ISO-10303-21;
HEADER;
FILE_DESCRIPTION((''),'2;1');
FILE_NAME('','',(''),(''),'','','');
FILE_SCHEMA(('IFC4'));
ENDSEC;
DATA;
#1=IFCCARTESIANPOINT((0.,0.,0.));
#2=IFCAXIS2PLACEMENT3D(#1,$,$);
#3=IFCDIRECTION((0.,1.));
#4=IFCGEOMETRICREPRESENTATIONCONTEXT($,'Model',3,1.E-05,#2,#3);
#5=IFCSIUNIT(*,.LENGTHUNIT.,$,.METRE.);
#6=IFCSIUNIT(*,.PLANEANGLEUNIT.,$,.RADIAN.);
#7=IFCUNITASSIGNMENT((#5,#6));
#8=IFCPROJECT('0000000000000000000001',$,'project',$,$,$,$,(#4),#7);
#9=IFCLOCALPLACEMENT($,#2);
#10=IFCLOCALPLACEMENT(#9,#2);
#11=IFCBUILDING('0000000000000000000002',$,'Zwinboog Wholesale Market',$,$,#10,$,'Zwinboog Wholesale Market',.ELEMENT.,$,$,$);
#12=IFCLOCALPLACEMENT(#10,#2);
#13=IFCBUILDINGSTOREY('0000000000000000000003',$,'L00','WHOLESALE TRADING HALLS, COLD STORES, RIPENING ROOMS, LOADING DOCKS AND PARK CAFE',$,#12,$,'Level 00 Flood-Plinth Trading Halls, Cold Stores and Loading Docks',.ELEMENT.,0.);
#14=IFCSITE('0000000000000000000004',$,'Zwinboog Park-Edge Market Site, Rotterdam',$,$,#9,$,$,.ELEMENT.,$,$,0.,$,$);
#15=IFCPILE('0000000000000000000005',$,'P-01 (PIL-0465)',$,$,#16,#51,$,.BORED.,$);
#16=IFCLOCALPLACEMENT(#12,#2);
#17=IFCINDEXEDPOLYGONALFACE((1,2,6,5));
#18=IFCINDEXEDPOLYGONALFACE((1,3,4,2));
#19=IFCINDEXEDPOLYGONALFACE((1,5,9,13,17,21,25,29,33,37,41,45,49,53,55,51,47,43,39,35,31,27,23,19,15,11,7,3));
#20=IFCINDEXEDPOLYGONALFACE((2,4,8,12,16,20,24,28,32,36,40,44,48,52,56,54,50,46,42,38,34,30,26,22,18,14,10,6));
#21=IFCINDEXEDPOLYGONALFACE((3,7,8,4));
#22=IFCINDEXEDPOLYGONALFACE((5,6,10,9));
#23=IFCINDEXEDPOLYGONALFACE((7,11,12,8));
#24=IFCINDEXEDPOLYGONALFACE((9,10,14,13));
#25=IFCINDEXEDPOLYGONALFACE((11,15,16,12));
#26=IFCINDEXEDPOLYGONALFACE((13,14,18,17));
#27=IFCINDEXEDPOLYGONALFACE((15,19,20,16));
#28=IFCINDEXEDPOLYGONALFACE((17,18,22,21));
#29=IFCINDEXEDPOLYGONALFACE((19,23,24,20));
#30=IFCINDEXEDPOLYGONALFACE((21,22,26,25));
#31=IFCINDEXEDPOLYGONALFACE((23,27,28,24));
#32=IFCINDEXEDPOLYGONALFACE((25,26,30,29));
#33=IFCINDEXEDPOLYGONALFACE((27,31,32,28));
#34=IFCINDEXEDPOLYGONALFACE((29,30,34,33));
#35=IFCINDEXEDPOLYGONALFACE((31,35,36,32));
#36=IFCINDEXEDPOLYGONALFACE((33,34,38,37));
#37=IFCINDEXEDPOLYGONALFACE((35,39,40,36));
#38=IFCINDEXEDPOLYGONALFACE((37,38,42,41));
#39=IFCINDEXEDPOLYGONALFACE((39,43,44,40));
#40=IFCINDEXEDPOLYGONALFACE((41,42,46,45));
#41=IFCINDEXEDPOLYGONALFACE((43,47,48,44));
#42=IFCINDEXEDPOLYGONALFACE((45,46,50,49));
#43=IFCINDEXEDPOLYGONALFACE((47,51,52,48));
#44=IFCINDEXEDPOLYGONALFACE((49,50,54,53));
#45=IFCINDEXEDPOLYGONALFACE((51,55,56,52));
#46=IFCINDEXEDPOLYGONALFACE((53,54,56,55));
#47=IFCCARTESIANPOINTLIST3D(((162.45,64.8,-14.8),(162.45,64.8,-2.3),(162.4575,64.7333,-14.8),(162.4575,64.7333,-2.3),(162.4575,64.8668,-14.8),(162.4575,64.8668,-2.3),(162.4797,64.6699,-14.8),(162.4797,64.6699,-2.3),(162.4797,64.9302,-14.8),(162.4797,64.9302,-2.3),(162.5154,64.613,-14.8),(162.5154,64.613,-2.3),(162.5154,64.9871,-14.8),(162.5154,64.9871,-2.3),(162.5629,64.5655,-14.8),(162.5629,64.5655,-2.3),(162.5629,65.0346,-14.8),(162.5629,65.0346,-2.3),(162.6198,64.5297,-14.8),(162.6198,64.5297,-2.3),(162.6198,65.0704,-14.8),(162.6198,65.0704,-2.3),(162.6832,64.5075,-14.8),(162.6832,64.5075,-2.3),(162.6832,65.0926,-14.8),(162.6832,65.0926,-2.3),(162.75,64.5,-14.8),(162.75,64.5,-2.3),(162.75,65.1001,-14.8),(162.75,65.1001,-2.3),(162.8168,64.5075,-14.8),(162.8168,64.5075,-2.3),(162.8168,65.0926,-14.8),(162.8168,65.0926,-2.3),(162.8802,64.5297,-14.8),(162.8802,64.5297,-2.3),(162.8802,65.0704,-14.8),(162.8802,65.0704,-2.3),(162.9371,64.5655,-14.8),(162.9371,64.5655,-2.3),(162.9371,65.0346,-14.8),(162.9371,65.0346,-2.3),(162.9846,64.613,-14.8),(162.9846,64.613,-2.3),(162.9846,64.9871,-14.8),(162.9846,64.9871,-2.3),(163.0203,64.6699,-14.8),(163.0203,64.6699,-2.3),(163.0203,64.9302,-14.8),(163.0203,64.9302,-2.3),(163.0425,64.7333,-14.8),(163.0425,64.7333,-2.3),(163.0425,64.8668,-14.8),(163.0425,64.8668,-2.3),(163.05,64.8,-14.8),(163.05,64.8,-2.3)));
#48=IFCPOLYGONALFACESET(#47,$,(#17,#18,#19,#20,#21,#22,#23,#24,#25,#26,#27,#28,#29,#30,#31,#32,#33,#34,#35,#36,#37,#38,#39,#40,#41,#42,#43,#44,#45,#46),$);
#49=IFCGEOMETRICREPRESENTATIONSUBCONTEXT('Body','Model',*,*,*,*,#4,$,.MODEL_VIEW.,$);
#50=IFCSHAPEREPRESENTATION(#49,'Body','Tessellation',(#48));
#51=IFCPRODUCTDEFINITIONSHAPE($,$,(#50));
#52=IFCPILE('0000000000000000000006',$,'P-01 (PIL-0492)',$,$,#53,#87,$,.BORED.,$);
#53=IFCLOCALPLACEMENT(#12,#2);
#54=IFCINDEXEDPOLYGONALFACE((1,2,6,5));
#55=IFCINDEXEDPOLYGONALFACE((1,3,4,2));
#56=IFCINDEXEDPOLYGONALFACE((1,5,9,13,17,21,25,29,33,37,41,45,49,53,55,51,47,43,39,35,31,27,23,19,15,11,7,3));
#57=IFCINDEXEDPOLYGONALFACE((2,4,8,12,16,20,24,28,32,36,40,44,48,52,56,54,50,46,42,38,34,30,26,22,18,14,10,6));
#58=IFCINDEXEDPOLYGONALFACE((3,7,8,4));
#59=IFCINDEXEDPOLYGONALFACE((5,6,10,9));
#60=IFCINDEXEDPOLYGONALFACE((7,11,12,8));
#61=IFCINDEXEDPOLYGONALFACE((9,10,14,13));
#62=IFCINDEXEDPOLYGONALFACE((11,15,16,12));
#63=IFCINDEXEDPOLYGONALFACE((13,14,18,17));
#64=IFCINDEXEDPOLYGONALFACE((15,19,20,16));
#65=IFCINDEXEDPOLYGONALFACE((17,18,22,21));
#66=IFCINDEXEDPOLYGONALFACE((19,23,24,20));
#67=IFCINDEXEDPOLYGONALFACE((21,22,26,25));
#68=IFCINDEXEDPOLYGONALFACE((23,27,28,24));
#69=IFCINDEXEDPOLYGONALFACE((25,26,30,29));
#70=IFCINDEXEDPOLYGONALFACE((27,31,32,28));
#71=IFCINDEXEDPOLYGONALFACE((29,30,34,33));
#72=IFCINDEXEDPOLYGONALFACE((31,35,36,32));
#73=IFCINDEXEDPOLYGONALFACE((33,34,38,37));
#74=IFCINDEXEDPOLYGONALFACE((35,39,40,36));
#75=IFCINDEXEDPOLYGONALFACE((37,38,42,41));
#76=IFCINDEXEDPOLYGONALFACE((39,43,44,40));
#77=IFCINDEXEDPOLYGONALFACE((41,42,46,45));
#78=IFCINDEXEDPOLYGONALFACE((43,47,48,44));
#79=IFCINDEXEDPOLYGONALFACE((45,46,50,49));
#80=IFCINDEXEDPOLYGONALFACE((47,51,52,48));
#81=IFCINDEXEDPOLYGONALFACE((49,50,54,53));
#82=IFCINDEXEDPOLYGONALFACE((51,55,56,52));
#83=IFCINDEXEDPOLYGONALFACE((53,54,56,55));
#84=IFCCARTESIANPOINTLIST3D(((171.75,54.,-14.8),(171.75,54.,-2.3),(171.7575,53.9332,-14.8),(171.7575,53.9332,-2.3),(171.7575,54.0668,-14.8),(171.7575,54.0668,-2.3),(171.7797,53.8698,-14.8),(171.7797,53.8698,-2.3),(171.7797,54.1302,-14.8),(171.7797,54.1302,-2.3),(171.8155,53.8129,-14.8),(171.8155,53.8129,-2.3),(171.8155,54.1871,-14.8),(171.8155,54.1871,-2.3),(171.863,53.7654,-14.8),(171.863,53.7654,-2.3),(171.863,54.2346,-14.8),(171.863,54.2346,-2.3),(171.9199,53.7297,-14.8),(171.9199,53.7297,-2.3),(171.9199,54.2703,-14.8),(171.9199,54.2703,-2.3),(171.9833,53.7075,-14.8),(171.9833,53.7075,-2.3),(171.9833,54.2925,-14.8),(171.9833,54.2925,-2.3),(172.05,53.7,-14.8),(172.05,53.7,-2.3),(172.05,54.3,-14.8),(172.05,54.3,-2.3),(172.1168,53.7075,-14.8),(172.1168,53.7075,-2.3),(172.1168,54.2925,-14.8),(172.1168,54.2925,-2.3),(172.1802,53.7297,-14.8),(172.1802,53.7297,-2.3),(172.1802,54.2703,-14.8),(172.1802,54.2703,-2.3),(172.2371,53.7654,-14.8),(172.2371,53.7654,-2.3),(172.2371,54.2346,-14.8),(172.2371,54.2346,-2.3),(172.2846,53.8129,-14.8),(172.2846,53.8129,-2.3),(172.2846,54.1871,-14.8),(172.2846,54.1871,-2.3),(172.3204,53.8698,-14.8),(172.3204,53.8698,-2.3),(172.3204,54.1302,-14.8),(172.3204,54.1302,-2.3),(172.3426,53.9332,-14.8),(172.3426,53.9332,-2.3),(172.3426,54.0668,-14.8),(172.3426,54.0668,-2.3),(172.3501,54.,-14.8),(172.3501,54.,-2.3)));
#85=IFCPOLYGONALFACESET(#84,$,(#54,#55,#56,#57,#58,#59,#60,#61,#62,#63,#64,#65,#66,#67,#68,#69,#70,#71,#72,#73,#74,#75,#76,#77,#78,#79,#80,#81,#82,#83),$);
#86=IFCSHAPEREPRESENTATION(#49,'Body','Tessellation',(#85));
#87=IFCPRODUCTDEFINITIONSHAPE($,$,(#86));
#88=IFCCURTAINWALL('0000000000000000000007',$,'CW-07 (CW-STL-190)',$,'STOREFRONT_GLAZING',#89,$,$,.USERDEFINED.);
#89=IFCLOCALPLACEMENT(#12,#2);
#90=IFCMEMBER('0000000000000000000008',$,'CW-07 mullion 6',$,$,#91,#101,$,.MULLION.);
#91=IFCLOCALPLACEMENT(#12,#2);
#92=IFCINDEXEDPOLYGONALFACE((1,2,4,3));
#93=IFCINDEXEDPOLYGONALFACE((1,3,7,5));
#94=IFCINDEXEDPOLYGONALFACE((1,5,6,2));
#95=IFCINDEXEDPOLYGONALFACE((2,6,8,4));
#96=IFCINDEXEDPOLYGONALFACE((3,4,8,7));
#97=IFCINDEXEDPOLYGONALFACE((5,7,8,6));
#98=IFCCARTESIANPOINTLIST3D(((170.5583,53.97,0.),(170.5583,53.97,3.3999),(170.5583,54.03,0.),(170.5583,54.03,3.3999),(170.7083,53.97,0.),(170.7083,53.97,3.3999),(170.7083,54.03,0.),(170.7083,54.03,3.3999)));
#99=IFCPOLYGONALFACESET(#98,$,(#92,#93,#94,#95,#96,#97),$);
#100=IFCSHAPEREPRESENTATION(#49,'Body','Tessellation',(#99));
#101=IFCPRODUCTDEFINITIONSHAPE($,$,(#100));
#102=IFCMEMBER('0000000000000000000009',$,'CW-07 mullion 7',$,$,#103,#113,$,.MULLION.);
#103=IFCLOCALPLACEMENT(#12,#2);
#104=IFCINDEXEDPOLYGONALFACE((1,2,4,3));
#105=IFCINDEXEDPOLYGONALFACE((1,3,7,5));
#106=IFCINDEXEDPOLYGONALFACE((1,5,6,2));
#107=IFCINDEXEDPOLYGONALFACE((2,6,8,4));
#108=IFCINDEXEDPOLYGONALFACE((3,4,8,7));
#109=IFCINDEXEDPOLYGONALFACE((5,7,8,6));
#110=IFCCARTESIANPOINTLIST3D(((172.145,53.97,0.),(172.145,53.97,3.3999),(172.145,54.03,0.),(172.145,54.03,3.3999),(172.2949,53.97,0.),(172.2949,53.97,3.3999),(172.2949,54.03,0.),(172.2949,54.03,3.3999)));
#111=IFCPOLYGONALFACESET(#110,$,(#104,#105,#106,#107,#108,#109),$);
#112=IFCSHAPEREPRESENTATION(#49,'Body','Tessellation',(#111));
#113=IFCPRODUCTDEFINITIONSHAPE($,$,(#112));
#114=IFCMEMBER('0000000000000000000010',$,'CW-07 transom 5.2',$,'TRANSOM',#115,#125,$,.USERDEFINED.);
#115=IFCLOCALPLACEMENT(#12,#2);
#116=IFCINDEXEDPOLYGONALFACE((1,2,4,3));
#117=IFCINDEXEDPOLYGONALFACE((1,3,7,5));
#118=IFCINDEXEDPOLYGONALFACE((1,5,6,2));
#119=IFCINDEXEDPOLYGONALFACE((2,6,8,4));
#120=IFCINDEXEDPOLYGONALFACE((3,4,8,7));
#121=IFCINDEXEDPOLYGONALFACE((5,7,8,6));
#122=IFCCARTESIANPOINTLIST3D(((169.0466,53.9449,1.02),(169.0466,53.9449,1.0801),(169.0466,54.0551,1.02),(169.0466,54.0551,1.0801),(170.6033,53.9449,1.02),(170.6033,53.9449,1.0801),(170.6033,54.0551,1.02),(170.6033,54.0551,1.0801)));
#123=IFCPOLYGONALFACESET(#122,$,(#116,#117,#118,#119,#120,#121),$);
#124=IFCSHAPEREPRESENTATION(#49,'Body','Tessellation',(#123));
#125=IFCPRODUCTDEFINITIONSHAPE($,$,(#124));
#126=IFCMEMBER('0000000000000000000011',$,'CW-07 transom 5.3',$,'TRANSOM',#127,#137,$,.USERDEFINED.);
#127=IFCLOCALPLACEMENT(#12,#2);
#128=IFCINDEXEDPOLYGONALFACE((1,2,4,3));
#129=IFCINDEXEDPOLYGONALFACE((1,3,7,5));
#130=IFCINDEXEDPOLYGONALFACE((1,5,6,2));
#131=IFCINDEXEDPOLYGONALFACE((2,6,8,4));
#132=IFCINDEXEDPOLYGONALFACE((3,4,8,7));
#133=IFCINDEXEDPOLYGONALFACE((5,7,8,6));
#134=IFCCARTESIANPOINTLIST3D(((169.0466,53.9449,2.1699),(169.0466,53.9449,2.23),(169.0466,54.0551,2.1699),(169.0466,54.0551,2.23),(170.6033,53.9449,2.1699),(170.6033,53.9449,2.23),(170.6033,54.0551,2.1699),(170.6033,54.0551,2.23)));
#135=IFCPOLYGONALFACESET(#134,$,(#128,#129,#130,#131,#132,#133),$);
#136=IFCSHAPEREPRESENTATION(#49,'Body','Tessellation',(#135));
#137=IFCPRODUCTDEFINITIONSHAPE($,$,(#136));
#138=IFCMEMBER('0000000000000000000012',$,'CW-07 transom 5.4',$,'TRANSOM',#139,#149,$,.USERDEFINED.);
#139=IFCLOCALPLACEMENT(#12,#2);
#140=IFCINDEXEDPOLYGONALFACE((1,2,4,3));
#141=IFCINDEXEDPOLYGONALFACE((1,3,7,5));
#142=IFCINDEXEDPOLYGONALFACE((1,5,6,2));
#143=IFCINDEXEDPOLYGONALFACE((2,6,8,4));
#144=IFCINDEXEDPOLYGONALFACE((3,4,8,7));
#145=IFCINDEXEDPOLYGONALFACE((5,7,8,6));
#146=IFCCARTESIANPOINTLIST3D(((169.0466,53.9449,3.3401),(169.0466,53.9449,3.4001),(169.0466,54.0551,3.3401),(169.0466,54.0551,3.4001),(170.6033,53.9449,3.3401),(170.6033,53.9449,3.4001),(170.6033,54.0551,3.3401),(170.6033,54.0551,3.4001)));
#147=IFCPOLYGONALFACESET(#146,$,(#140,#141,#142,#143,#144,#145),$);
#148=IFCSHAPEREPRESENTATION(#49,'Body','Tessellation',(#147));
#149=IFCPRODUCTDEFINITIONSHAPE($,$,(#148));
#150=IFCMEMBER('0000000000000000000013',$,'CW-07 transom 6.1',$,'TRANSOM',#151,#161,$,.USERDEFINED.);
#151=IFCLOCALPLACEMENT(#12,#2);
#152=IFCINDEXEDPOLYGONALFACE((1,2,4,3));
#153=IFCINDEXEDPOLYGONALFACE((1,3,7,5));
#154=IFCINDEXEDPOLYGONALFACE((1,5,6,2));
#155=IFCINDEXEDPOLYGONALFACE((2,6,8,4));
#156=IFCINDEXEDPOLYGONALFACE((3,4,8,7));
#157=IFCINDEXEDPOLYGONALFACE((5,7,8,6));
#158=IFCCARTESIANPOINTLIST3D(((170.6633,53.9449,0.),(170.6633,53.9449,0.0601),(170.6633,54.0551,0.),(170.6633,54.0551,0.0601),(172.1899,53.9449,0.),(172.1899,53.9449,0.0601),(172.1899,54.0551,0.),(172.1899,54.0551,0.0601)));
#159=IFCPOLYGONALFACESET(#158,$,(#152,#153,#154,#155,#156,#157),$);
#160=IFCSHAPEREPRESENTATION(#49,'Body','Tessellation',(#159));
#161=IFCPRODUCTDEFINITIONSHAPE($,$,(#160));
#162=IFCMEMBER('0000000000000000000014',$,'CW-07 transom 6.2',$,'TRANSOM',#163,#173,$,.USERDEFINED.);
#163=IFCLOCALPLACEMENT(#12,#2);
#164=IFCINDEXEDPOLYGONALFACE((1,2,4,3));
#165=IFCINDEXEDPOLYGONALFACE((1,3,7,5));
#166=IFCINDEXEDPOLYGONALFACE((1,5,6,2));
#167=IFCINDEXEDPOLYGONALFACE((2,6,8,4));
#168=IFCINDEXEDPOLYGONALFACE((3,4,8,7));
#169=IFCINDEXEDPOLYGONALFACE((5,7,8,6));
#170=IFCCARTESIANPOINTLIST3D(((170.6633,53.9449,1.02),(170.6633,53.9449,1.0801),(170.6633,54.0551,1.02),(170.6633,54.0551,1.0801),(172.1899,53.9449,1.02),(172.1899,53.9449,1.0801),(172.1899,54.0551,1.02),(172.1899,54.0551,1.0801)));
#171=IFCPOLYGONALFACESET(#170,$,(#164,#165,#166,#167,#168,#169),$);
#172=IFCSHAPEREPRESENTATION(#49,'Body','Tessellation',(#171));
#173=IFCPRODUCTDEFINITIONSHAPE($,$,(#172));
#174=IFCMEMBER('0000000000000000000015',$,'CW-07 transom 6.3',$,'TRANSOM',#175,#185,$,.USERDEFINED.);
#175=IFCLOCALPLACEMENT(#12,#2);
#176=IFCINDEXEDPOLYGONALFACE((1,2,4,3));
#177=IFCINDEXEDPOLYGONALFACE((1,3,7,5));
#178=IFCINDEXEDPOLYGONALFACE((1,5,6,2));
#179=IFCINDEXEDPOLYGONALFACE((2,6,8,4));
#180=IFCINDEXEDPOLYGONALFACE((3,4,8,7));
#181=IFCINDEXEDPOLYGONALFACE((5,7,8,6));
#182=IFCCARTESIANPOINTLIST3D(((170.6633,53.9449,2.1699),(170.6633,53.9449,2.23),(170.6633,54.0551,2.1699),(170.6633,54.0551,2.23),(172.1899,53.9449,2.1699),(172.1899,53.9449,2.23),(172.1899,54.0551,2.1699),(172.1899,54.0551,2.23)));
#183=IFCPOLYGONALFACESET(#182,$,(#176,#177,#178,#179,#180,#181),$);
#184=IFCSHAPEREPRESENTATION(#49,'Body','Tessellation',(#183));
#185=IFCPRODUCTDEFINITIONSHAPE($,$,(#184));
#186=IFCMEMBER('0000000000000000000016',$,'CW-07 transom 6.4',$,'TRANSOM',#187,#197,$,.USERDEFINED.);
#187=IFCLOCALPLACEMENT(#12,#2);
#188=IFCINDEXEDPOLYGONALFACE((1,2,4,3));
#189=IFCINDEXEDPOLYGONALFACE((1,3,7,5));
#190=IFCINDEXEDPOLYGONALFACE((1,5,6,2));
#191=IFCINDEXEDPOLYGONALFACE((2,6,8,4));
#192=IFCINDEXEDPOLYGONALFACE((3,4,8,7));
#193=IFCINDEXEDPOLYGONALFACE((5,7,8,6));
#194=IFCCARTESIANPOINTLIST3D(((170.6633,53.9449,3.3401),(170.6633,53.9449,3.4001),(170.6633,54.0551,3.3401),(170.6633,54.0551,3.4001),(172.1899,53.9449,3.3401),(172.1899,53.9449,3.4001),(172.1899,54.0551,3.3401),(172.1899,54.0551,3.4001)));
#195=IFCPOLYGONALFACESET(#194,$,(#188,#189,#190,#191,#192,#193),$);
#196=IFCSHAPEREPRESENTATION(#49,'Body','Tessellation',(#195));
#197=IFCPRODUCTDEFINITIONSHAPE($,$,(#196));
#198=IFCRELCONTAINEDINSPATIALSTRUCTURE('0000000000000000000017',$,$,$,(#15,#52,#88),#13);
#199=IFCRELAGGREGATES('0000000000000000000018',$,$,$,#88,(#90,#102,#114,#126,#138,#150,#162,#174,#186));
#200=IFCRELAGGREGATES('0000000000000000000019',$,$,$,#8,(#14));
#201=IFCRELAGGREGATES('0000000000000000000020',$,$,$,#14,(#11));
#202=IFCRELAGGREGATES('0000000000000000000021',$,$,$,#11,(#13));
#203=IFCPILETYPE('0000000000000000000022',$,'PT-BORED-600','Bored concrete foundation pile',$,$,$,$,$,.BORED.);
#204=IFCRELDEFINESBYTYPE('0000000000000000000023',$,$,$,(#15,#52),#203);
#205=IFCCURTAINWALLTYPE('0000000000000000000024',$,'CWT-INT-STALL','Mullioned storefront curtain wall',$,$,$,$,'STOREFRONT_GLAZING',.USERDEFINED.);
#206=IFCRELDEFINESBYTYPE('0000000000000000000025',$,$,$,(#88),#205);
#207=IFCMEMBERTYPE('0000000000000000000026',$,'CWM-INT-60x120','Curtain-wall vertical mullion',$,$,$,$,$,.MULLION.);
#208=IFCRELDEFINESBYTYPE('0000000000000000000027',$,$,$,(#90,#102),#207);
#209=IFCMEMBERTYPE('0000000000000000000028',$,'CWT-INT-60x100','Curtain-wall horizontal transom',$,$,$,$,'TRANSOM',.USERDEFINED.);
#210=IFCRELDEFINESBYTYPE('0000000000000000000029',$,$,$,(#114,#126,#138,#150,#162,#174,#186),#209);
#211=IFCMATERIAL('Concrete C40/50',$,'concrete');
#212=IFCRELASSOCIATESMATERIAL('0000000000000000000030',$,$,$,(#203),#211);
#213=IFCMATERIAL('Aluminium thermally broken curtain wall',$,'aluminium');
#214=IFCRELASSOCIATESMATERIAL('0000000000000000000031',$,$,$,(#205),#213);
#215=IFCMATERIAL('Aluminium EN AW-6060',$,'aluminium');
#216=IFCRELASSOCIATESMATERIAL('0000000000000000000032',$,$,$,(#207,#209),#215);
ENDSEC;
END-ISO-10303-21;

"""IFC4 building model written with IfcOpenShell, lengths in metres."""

from ifc_helpers import new_model, si_unit, direction, frame, origin, origin_2d, place, context, subcontext, project, spatial, rectangle, circle, extrude, material, material_profile, profile_set, type_object, element, aggregate, save


model = new_model("IFC4")

# Units and contexts
model_context = context("Model", 3, precision=1e-05, world=origin(), true_north=direction((0.0, 1.0)))
body_context = subcontext(model_context, "Body", "Model", "MODEL_VIEW")
ifc_project = project(units=[si_unit("LENGTHUNIT", "METRE"), si_unit("PLANEANGLEUNIT", "RADIAN")], contexts=[model_context])

# Site, building, storey
site_placement = place(None, origin())
site = spatial("IfcSite", under=ifc_project, at=site_placement, Name="Zwinboog Park-Edge Market Site, Rotterdam", CompositionType="ELEMENT", RefElevation=0.0)
building_placement = place(site_placement, origin())
building = spatial("IfcBuilding", under=site, at=building_placement, Name="Zwinboog Wholesale Market", LongName="Zwinboog Wholesale Market", CompositionType="ELEMENT")
storey_placement = place(building_placement, origin())
storey = spatial("IfcBuildingStorey", under=building, at=storey_placement, Name="L00", Description="WHOLESALE TRADING HALLS, COLD STORES, RIPENING ROOMS, LOADING DOCKS AND PARK CAFE", LongName="Level 00 Flood-Plinth Trading Halls, Cold Stores and Loading Docks", CompositionType="ELEMENT", Elevation=0.0)

# Piles
ifc_material_1 = material(Name="Concrete C40/50", Category="concrete")
ifc_material_profile_1 = material_profile(ifc_material_1, circle(Radius=0.3, at=origin_2d()), Name="PILE D600")
ifc_profile_set_1 = profile_set([ifc_material_profile_1], Name="Concrete C40/50")
pile_type = type_object("IfcPileType", Name="PT-BORED-600", Description="Bored concrete foundation pile", PredefinedType="BORED", material=ifc_profile_set_1)
for number, where, z_axis, x_axis, name in (
    (1, (162.75, 64.8, -2.3), (0.0, 0.0, -1.0), (1.0, 0.0, 0.0), "P-01 (PIL-0465)"),
    (2, (172.05, 54.0, -2.3), (0.0, 0.0, -1.0), (1.0, 0.0, 0.0), "P-01 (PIL-0492)"),
):
    element("IfcPile", number, at=place(storey_placement, frame(where, z_axis=z_axis, x_axis=x_axis)), inside=storey, type_object=pile_type, Name=name, PredefinedType="BORED", context=body_context, shape_type="SweptSolid", body=[
        extrude(circle(Radius=0.3, at=origin_2d()), origin(), (0.0, 0.0, 1.0), 12.5),
    ])

# Curtain wall, members
ifc_material_2 = material(Name="Aluminium thermally broken curtain wall", Category="aluminium")
curtain_wall_type = type_object("IfcCurtainWallType", Name="CWT-INT-STALL", Description="Mullioned storefront curtain wall", ElementType="STOREFRONT_GLAZING", PredefinedType="USERDEFINED", material=ifc_material_2)
curtain_wall_1_placement = place(storey_placement, origin())
curtain_wall_1 = element("IfcCurtainWall", 3, at=curtain_wall_1_placement, inside=storey, type_object=curtain_wall_type, Name="CW-07 (CW-STL-190)", ObjectType="STOREFRONT_GLAZING", PredefinedType="USERDEFINED")
ifc_material_3 = material(Name="Aluminium EN AW-6060", Category="aluminium")
ifc_material_profile_2 = material_profile(ifc_material_3, rectangle(XDim=0.0601, YDim=0.1499, at=origin_2d()), Name="AL 60x150")
ifc_profile_set_2 = profile_set([ifc_material_profile_2], Name="Aluminium EN AW-6060")
member_type_1 = type_object("IfcMemberType", Name="CWM-INT-60x120", Description="Curtain-wall vertical mullion", PredefinedType="MULLION", material=ifc_profile_set_2)
member_1_placement = place(storey_placement, frame((170.6333, 54.0, 0.0), z_axis=(0.0, 0.0, 1.0), x_axis=(0.0, 1.0, 0.0)))
member_1 = element("IfcMember", 4, at=member_1_placement, type_object=member_type_1, Name="CW-07 mullion 6", PredefinedType="MULLION", context=body_context, shape_type="SweptSolid", body=[
    extrude(rectangle(XDim=0.0601, YDim=0.1499, at=origin_2d()), origin(), (0.0, 0.0, 1.0), 3.3999),
])
member_2_placement = place(storey_placement, frame((172.22, 54.0, 0.0), z_axis=(0.0, 0.0, 1.0), x_axis=(0.0, 1.0, 0.0)))
member_2 = element("IfcMember", 5, at=member_2_placement, type_object=member_type_1, Name="CW-07 mullion 7", PredefinedType="MULLION", context=body_context, shape_type="SweptSolid", body=[
    extrude(rectangle(XDim=0.0601, YDim=0.1499, at=origin_2d()), origin(), (0.0, 0.0, 1.0), 3.3999),
])
ifc_material_profile_3 = material_profile(ifc_material_3, rectangle(XDim=0.1101, YDim=0.0601, at=origin_2d()), Name="AL 60x110")
ifc_profile_set_3 = profile_set([ifc_material_profile_3], Name="Aluminium EN AW-6060")
member_type_2 = type_object("IfcMemberType", Name="CWT-INT-60x100", Description="Curtain-wall horizontal transom", ElementType="TRANSOM", PredefinedType="USERDEFINED", material=ifc_profile_set_3)
member_3_placement = place(storey_placement, frame((169.0466, 54.0, 1.05), z_axis=(1.0, 0.0, 0.0), x_axis=(0.0, 1.0, 0.0)))
member_3 = element("IfcMember", 6, at=member_3_placement, type_object=member_type_2, Name="CW-07 transom 5.2", ObjectType="TRANSOM", PredefinedType="USERDEFINED", context=body_context, shape_type="SweptSolid", body=[
    extrude(rectangle(XDim=0.1101, YDim=0.0601, at=origin_2d()), origin(), (0.0, 0.0, 1.0), 1.5566),
])
member_4_placement = place(storey_placement, frame((169.0466, 54.0, 2.2), z_axis=(1.0, 0.0, 0.0), x_axis=(0.0, 1.0, 0.0)))
member_4 = element("IfcMember", 7, at=member_4_placement, type_object=member_type_2, Name="CW-07 transom 5.3", ObjectType="TRANSOM", PredefinedType="USERDEFINED", context=body_context, shape_type="SweptSolid", body=[
    extrude(rectangle(XDim=0.1101, YDim=0.0601, at=origin_2d()), origin(), (0.0, 0.0, 1.0), 1.5566),
])
member_5_placement = place(storey_placement, frame((169.0466, 54.0, 3.3701), z_axis=(1.0, 0.0, 0.0), x_axis=(0.0, 1.0, 0.0)))
member_5 = element("IfcMember", 8, at=member_5_placement, type_object=member_type_2, Name="CW-07 transom 5.4", ObjectType="TRANSOM", PredefinedType="USERDEFINED", context=body_context, shape_type="SweptSolid", body=[
    extrude(rectangle(XDim=0.1101, YDim=0.0601, at=origin_2d()), origin(), (0.0, 0.0, 1.0), 1.5566),
])
member_6_placement = place(storey_placement, frame((170.6633, 54.0, 0.03), z_axis=(1.0, 0.0, 0.0), x_axis=(0.0, 1.0, 0.0)))
member_6 = element("IfcMember", 9, at=member_6_placement, type_object=member_type_2, Name="CW-07 transom 6.1", ObjectType="TRANSOM", PredefinedType="USERDEFINED", context=body_context, shape_type="SweptSolid", body=[
    extrude(rectangle(XDim=0.1101, YDim=0.0601, at=origin_2d()), origin(), (0.0, 0.0, 1.0), 1.5266),
])
member_7_placement = place(storey_placement, frame((170.6633, 54.0, 1.05), z_axis=(1.0, 0.0, 0.0), x_axis=(0.0, 1.0, 0.0)))
member_7 = element("IfcMember", 10, at=member_7_placement, type_object=member_type_2, Name="CW-07 transom 6.2", ObjectType="TRANSOM", PredefinedType="USERDEFINED", context=body_context, shape_type="SweptSolid", body=[
    extrude(rectangle(XDim=0.1101, YDim=0.0601, at=origin_2d()), origin(), (0.0, 0.0, 1.0), 1.5266),
])
member_8_placement = place(storey_placement, frame((170.6633, 54.0, 2.2), z_axis=(1.0, 0.0, 0.0), x_axis=(0.0, 1.0, 0.0)))
member_8 = element("IfcMember", 11, at=member_8_placement, type_object=member_type_2, Name="CW-07 transom 6.3", ObjectType="TRANSOM", PredefinedType="USERDEFINED", context=body_context, shape_type="SweptSolid", body=[
    extrude(rectangle(XDim=0.1101, YDim=0.0601, at=origin_2d()), origin(), (0.0, 0.0, 1.0), 1.5266),
])
member_9_placement = place(storey_placement, frame((170.6633, 54.0, 3.3701), z_axis=(1.0, 0.0, 0.0), x_axis=(0.0, 1.0, 0.0)))
member_9 = element("IfcMember", 12, at=member_9_placement, type_object=member_type_2, Name="CW-07 transom 6.4", ObjectType="TRANSOM", PredefinedType="USERDEFINED", context=body_context, shape_type="SweptSolid", body=[
    extrude(rectangle(XDim=0.1101, YDim=0.0601, at=origin_2d()), origin(), (0.0, 0.0, 1.0), 1.5266),
])

aggregate(curtain_wall_1, [member_1, member_2, member_3, member_4, member_5, member_6, member_7, member_8, member_9])

save(model, "model.ifc")
